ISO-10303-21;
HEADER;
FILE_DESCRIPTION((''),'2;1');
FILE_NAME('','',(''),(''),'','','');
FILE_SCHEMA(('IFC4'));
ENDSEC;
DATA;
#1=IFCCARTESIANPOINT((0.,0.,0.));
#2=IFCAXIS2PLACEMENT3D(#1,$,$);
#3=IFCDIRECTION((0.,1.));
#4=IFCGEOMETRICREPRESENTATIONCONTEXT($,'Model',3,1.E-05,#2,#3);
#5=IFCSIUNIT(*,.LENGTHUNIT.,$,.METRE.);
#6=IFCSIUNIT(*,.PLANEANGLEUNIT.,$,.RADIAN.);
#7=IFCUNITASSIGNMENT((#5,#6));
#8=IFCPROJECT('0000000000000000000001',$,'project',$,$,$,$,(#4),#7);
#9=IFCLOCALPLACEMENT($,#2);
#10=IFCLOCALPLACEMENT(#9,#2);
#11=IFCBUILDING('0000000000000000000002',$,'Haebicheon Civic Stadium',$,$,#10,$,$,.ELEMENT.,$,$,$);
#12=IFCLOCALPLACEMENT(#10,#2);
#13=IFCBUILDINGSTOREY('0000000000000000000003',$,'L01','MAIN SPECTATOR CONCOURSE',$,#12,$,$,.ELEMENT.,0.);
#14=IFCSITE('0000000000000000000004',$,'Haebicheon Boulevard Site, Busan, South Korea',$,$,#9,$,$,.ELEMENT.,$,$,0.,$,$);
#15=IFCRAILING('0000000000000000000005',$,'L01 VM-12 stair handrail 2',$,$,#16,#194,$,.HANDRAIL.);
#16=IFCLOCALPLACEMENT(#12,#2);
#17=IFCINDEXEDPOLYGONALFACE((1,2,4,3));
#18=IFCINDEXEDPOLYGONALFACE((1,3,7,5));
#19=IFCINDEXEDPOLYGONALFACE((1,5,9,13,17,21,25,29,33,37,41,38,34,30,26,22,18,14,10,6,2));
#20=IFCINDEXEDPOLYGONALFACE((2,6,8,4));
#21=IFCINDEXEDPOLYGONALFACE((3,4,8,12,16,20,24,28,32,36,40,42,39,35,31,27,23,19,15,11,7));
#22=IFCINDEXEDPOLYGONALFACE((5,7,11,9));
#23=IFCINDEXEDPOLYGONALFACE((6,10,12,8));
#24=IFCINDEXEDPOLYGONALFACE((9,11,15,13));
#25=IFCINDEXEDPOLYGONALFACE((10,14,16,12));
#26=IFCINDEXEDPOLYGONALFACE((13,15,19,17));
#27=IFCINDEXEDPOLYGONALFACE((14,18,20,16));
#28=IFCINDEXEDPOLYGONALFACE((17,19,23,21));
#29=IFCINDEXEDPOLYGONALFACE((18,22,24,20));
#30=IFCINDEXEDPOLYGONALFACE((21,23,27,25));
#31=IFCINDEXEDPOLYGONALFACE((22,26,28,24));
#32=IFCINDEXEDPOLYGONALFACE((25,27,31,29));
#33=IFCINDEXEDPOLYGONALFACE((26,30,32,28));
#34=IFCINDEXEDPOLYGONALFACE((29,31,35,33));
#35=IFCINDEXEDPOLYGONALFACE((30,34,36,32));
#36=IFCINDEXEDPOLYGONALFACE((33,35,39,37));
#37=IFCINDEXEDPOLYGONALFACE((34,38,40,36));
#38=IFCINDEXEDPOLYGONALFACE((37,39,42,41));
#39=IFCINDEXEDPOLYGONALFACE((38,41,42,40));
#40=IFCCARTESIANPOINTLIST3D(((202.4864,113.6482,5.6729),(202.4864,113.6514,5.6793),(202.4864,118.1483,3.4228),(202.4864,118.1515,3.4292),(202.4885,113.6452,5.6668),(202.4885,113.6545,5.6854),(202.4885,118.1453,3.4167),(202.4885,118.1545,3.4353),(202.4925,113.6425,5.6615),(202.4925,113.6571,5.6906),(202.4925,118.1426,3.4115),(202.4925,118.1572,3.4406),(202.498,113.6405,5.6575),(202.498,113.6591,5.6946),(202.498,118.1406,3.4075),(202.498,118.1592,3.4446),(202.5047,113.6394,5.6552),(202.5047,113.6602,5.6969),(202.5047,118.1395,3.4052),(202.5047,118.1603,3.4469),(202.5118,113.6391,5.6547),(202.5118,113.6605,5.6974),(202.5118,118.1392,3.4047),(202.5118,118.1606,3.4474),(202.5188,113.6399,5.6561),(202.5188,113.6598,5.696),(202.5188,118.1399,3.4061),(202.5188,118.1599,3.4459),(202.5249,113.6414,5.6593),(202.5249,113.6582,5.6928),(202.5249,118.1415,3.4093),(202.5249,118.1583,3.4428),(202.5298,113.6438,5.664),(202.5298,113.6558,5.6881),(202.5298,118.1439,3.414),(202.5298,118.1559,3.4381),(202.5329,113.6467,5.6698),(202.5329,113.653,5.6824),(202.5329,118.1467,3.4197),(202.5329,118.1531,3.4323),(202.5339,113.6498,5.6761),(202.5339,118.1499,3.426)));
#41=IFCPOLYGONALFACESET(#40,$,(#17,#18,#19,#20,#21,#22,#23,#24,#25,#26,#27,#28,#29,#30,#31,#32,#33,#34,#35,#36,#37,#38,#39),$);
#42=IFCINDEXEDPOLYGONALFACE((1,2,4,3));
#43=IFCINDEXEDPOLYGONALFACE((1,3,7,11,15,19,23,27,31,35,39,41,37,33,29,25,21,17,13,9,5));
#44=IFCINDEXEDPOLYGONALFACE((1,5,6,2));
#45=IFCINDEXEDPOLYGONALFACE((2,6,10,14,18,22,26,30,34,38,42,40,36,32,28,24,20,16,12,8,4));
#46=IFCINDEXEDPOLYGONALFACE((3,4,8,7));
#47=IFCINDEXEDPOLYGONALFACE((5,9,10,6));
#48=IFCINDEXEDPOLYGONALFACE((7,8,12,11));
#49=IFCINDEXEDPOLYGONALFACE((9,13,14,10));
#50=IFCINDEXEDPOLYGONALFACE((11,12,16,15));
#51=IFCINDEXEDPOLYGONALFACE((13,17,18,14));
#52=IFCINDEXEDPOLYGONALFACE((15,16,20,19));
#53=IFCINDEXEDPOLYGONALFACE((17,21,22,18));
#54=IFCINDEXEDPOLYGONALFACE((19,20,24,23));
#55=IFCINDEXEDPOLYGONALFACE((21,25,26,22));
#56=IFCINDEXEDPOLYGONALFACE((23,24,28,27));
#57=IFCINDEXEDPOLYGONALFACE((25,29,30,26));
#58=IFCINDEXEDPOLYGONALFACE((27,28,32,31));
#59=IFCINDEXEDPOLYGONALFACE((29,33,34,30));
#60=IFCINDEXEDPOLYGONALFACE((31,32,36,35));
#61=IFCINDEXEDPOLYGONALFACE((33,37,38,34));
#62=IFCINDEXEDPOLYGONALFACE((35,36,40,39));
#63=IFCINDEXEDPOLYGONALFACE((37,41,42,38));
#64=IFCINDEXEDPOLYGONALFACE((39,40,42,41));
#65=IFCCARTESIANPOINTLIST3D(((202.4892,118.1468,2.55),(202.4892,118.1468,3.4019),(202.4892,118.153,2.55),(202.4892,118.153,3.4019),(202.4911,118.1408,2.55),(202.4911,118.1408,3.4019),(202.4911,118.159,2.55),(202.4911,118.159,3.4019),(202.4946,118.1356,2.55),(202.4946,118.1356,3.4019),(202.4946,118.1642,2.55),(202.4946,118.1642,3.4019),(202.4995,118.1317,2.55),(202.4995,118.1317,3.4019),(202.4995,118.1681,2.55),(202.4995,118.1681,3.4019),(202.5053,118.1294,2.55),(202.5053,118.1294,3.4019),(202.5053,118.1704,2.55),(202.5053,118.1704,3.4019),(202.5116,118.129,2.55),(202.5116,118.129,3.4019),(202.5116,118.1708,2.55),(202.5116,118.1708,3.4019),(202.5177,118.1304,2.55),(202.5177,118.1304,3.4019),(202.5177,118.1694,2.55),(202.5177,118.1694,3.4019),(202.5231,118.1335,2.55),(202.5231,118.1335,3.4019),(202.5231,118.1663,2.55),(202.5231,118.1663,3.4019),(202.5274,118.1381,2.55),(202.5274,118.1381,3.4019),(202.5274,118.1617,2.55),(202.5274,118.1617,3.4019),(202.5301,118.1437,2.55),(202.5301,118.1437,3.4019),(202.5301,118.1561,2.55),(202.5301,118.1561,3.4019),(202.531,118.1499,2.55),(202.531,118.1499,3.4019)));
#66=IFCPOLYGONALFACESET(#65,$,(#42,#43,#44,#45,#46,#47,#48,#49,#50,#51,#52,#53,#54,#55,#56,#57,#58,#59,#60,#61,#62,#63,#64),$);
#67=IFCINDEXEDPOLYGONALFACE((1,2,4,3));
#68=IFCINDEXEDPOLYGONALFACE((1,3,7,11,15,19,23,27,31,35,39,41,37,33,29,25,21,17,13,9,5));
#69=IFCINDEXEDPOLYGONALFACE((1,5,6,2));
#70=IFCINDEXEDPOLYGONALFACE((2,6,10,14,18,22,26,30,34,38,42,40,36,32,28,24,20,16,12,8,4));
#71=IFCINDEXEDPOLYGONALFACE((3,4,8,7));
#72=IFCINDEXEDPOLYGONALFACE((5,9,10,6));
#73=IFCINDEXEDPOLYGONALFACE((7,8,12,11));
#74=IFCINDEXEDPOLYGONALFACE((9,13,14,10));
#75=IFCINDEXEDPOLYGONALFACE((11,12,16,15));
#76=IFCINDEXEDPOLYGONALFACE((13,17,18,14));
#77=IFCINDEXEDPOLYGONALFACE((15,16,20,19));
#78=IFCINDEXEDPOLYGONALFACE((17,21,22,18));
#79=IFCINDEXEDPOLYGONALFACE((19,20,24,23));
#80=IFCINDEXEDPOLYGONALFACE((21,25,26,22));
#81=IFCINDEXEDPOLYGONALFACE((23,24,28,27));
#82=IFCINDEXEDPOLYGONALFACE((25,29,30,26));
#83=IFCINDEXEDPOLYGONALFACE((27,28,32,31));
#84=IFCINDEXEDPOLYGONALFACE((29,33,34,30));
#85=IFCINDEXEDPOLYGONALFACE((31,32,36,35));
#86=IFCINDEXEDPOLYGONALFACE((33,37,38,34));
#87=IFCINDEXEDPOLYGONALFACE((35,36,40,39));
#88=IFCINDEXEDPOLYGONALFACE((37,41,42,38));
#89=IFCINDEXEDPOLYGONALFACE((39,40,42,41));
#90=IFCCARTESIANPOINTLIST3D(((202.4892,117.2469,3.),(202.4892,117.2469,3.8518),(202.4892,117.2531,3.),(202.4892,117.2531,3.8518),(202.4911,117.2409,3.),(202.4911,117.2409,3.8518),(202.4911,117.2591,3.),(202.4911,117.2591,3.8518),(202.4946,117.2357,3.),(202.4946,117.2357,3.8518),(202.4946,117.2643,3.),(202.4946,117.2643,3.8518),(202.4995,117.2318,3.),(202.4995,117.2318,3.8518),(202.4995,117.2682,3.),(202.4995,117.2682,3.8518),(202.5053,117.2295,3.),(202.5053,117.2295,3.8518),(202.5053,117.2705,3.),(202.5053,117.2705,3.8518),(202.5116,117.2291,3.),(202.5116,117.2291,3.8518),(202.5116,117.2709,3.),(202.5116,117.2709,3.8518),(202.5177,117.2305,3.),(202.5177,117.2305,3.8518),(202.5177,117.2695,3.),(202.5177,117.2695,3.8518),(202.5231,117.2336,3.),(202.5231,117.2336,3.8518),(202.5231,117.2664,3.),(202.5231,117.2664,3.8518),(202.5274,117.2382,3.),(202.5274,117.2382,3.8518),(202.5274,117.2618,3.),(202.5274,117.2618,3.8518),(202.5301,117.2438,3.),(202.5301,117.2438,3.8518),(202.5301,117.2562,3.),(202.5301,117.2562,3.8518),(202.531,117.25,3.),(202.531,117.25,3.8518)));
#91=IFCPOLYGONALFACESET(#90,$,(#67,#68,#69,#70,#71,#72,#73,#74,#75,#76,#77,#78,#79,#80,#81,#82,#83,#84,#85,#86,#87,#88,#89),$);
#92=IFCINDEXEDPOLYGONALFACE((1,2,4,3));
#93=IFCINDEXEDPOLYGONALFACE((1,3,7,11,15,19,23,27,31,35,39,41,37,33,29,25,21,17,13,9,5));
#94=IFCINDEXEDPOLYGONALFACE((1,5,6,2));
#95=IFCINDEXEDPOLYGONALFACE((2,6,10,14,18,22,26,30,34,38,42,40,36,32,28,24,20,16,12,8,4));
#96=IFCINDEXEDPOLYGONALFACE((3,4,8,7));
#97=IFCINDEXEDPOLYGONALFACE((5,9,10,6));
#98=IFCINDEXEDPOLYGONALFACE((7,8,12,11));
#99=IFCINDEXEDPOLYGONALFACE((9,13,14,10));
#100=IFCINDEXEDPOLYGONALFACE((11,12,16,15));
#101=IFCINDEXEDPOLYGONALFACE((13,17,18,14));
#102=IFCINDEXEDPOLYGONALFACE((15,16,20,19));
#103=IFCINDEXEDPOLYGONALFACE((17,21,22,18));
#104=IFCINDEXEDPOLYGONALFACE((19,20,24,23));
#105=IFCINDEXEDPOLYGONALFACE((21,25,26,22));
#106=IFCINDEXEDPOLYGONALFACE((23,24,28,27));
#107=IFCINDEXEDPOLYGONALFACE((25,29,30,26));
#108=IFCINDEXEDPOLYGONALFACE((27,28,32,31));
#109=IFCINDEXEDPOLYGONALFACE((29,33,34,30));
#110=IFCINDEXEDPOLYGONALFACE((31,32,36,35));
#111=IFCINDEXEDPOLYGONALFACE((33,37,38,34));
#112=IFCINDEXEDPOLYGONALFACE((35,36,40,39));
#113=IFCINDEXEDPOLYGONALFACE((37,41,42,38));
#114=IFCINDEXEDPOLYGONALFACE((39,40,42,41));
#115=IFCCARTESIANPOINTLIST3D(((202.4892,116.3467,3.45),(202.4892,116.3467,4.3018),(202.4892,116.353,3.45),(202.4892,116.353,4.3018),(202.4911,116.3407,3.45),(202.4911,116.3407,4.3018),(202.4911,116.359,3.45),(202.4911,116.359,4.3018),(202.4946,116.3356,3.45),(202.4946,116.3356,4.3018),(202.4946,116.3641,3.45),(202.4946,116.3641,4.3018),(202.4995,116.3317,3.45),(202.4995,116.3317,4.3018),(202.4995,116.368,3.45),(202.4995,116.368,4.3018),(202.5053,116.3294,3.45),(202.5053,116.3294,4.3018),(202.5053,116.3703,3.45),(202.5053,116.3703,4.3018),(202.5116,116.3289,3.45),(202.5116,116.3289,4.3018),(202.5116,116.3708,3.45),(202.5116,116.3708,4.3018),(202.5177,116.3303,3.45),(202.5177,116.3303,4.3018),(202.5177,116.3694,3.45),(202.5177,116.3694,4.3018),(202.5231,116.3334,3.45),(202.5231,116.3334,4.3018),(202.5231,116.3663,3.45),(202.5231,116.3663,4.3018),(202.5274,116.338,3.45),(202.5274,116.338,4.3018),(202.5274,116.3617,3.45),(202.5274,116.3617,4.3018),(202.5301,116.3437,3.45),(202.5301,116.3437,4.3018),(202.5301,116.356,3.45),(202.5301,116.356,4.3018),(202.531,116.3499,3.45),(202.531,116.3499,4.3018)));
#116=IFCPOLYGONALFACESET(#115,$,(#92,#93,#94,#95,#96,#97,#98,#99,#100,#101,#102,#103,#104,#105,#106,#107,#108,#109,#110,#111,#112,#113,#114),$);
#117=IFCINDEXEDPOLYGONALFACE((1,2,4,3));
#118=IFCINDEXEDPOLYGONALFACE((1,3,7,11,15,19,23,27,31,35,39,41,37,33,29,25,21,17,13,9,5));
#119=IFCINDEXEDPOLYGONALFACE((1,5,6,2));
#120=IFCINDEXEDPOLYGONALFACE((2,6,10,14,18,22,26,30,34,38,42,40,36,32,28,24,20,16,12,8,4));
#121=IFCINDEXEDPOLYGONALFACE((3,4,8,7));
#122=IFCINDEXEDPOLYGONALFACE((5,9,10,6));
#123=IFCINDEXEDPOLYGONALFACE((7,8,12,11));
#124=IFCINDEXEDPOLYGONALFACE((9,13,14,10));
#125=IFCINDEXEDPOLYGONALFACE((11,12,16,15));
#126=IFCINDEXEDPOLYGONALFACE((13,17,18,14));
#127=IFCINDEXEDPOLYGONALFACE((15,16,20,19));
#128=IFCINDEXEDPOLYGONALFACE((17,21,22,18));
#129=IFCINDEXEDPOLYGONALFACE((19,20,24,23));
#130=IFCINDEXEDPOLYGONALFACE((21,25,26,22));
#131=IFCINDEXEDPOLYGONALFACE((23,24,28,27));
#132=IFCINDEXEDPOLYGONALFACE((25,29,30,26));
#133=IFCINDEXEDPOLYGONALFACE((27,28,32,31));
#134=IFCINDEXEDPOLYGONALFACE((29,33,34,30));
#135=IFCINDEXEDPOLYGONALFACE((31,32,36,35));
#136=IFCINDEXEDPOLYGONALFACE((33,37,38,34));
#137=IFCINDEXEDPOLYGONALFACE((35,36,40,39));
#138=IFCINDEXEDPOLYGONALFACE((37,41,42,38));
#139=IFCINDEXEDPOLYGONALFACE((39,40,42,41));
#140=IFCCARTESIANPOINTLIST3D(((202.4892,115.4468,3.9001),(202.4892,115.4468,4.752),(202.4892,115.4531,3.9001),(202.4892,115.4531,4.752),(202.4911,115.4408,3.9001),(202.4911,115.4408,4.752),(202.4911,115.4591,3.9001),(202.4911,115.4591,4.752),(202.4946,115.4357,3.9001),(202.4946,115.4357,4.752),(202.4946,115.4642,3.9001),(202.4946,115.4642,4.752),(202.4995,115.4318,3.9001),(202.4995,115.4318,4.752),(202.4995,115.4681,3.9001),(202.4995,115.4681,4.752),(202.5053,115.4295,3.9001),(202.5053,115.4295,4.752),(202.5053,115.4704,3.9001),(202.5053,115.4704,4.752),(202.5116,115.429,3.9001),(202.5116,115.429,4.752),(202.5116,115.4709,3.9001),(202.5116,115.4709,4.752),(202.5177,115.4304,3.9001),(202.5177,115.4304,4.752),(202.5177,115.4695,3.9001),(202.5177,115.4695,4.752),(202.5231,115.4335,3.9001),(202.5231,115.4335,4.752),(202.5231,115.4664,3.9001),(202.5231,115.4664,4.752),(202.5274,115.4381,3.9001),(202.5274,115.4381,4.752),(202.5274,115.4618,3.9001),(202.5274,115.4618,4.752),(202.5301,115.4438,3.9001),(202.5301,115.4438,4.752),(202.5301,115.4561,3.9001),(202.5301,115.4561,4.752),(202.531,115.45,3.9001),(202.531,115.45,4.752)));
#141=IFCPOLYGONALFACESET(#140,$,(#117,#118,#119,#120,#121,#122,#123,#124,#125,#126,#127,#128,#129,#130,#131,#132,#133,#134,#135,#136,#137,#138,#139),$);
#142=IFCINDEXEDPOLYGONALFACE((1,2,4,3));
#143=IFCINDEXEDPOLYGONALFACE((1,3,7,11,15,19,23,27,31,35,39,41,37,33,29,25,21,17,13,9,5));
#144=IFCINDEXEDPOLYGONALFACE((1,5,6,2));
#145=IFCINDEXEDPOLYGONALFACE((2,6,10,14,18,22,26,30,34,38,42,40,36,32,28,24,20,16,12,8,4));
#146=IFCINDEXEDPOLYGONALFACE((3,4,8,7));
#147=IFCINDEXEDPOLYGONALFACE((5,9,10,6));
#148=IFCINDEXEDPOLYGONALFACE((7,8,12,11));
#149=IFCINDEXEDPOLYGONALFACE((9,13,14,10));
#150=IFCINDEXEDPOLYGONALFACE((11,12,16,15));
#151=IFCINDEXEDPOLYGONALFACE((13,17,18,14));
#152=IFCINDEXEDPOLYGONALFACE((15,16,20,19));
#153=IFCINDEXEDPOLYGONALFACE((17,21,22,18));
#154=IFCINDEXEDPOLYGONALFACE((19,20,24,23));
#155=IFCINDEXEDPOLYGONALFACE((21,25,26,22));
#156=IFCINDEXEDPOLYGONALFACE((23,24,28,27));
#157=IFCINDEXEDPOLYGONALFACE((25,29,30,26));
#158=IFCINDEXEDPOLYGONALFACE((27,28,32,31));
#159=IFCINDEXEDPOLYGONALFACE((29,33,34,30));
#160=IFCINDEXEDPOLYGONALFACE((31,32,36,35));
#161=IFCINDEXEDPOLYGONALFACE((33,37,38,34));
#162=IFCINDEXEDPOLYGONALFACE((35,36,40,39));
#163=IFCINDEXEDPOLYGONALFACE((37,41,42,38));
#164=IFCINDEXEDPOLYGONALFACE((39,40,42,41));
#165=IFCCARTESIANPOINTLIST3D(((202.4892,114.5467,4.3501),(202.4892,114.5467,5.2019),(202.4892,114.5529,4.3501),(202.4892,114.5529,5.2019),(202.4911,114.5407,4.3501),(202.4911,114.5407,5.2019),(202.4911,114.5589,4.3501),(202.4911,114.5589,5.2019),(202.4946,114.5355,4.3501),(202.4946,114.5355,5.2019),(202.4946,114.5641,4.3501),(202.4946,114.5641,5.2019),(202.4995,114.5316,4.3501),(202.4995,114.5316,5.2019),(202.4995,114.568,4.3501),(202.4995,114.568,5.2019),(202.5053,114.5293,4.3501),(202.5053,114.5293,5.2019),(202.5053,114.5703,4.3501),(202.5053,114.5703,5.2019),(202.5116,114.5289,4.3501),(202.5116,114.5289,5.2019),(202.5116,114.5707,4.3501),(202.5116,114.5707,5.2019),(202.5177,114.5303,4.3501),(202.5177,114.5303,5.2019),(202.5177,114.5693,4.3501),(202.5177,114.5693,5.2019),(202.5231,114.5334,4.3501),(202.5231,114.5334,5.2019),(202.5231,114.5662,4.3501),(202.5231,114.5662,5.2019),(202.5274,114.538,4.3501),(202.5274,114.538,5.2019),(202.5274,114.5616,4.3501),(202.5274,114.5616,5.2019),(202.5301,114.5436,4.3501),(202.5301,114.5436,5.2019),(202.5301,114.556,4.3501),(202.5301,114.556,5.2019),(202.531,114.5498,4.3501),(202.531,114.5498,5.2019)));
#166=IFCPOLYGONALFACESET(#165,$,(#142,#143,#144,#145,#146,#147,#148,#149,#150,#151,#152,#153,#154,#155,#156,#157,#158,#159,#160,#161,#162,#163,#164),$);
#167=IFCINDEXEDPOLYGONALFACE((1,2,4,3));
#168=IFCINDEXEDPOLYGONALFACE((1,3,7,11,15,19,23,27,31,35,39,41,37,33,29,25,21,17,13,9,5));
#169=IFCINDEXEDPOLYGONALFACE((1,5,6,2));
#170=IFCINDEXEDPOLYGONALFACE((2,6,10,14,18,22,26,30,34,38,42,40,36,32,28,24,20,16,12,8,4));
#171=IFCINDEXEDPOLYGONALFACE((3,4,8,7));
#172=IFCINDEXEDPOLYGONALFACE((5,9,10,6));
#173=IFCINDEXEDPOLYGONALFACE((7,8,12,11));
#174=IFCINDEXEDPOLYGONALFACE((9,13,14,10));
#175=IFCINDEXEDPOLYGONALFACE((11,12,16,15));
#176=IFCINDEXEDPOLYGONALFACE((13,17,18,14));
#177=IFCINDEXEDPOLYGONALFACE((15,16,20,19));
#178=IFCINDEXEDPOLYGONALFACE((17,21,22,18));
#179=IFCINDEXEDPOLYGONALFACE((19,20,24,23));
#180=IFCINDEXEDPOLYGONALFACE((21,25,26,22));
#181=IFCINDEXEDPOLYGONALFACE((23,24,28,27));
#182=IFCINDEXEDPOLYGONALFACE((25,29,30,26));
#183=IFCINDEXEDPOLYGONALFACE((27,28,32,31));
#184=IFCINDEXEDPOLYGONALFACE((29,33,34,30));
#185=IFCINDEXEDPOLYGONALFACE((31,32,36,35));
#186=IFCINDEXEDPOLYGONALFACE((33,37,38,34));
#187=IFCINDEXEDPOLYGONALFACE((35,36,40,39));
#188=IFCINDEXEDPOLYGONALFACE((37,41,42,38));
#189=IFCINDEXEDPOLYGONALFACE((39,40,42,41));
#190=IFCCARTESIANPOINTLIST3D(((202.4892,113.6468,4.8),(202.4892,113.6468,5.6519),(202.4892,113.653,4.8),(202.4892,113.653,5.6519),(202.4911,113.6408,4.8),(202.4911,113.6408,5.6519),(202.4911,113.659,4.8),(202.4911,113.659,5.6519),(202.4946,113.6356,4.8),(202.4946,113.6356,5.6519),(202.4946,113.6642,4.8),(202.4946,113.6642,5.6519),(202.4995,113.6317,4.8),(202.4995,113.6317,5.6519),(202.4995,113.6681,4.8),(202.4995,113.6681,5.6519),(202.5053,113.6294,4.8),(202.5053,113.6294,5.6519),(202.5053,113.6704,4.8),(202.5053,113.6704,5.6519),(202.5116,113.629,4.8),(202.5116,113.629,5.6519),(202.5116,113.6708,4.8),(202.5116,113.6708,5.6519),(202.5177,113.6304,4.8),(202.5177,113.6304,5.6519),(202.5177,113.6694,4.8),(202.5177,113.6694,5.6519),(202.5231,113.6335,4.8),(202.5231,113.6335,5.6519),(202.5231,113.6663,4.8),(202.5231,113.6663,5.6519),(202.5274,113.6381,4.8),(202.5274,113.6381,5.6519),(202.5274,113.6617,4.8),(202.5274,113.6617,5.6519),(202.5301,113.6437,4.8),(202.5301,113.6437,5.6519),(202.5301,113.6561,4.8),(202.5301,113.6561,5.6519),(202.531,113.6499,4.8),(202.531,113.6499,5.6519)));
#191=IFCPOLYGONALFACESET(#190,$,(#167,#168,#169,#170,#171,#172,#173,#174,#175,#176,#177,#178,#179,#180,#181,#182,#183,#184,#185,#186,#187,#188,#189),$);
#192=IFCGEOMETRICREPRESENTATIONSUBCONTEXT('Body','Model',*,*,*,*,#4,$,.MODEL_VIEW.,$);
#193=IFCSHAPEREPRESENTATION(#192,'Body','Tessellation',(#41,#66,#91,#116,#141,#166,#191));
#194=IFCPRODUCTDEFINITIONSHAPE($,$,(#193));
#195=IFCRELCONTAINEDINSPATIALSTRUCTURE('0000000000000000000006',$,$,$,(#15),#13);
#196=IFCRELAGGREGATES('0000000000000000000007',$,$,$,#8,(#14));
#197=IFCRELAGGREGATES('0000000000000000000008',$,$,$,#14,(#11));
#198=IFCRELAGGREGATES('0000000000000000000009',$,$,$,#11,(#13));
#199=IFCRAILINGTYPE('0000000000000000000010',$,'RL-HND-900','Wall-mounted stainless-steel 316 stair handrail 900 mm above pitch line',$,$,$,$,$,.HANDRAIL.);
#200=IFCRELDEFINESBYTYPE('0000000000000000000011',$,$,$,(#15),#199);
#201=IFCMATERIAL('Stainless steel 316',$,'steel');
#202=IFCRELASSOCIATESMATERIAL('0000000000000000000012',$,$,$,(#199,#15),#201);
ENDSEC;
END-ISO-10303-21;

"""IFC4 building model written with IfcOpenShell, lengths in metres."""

from ifc_helpers import new_model, si_unit, direction, frame, origin, origin_2d, place, context, subcontext, project, spatial, circle, extrude, material, type_object, element, save


model = new_model("IFC4")

# Units and contexts
model_context = context("Model", 3, precision=1e-05, world=origin(), true_north=direction((0.0, 1.0)))
body_context = subcontext(model_context, "Body", "Model", "MODEL_VIEW")
ifc_project = project(units=[si_unit("LENGTHUNIT", "METRE"), si_unit("PLANEANGLEUNIT", "RADIAN")], contexts=[model_context])

# Site, building, storey
site_placement = place(None, origin())
site = spatial("IfcSite", under=ifc_project, at=site_placement, Name="Haebicheon Boulevard Site, Busan, South Korea", CompositionType="ELEMENT", RefElevation=0.0)
building_placement = place(site_placement, origin())
building = spatial("IfcBuilding", under=site, at=building_placement, Name="Haebicheon Civic Stadium", CompositionType="ELEMENT")
storey_placement = place(building_placement, origin())
storey = spatial("IfcBuildingStorey", under=building, at=storey_placement, Name="L01", Description="MAIN SPECTATOR CONCOURSE", CompositionType="ELEMENT", Elevation=0.0)

# Railing
ifc_material_1 = material(Name="Stainless steel 316", Category="steel")
railing_type_1 = type_object("IfcRailingType", Name="RL-HND-900", Description="Wall-mounted stainless-steel 316 stair handrail 900 mm above pitch line", PredefinedType="HANDRAIL", material=ifc_material_1)
railing_1_placement = place(storey_placement, frame((202.51, 118.1499, 2.55)))
element("IfcRailing", 1, at=railing_1_placement, inside=storey, type_object=railing_type_1, material=ifc_material_1, Name="L01 VM-12 stair handrail 2", PredefinedType="HANDRAIL", context=body_context, shape_type="SweptSolid", body=[
    extrude(circle(Radius=0.0239, at=origin_2d()), frame((0.0, 0.0, 0.876), z_axis=(0.0, -0.894427, 0.447214), x_axis=(1.0, 0.0, 0.0)), (0.0, 0.0, 1.0), 5.0312),
    extrude(circle(Radius=0.021, at=origin_2d()), origin(), (0.0, 0.0, 1.0), 0.8518),
    extrude(circle(Radius=0.021, at=origin_2d()), frame((0.0, -0.8999, 0.45)), (0.0, 0.0, 1.0), 0.8518),
    extrude(circle(Radius=0.021, at=origin_2d()), frame((0.0, -1.8, 0.8999)), (0.0, 0.0, 1.0), 0.8518),
    extrude(circle(Radius=0.021, at=origin_2d()), frame((0.0, -2.7, 1.3501)), (0.0, 0.0, 1.0), 0.8518),
    extrude(circle(Radius=0.021, at=origin_2d()), frame((0.0, -3.6001, 1.8)), (0.0, 0.0, 1.0), 0.8518),
    extrude(circle(Radius=0.021, at=origin_2d()), frame((0.0, -4.5, 2.25)), (0.0, 0.0, 1.0), 0.8518),
])

save(model, "model.ifc")
